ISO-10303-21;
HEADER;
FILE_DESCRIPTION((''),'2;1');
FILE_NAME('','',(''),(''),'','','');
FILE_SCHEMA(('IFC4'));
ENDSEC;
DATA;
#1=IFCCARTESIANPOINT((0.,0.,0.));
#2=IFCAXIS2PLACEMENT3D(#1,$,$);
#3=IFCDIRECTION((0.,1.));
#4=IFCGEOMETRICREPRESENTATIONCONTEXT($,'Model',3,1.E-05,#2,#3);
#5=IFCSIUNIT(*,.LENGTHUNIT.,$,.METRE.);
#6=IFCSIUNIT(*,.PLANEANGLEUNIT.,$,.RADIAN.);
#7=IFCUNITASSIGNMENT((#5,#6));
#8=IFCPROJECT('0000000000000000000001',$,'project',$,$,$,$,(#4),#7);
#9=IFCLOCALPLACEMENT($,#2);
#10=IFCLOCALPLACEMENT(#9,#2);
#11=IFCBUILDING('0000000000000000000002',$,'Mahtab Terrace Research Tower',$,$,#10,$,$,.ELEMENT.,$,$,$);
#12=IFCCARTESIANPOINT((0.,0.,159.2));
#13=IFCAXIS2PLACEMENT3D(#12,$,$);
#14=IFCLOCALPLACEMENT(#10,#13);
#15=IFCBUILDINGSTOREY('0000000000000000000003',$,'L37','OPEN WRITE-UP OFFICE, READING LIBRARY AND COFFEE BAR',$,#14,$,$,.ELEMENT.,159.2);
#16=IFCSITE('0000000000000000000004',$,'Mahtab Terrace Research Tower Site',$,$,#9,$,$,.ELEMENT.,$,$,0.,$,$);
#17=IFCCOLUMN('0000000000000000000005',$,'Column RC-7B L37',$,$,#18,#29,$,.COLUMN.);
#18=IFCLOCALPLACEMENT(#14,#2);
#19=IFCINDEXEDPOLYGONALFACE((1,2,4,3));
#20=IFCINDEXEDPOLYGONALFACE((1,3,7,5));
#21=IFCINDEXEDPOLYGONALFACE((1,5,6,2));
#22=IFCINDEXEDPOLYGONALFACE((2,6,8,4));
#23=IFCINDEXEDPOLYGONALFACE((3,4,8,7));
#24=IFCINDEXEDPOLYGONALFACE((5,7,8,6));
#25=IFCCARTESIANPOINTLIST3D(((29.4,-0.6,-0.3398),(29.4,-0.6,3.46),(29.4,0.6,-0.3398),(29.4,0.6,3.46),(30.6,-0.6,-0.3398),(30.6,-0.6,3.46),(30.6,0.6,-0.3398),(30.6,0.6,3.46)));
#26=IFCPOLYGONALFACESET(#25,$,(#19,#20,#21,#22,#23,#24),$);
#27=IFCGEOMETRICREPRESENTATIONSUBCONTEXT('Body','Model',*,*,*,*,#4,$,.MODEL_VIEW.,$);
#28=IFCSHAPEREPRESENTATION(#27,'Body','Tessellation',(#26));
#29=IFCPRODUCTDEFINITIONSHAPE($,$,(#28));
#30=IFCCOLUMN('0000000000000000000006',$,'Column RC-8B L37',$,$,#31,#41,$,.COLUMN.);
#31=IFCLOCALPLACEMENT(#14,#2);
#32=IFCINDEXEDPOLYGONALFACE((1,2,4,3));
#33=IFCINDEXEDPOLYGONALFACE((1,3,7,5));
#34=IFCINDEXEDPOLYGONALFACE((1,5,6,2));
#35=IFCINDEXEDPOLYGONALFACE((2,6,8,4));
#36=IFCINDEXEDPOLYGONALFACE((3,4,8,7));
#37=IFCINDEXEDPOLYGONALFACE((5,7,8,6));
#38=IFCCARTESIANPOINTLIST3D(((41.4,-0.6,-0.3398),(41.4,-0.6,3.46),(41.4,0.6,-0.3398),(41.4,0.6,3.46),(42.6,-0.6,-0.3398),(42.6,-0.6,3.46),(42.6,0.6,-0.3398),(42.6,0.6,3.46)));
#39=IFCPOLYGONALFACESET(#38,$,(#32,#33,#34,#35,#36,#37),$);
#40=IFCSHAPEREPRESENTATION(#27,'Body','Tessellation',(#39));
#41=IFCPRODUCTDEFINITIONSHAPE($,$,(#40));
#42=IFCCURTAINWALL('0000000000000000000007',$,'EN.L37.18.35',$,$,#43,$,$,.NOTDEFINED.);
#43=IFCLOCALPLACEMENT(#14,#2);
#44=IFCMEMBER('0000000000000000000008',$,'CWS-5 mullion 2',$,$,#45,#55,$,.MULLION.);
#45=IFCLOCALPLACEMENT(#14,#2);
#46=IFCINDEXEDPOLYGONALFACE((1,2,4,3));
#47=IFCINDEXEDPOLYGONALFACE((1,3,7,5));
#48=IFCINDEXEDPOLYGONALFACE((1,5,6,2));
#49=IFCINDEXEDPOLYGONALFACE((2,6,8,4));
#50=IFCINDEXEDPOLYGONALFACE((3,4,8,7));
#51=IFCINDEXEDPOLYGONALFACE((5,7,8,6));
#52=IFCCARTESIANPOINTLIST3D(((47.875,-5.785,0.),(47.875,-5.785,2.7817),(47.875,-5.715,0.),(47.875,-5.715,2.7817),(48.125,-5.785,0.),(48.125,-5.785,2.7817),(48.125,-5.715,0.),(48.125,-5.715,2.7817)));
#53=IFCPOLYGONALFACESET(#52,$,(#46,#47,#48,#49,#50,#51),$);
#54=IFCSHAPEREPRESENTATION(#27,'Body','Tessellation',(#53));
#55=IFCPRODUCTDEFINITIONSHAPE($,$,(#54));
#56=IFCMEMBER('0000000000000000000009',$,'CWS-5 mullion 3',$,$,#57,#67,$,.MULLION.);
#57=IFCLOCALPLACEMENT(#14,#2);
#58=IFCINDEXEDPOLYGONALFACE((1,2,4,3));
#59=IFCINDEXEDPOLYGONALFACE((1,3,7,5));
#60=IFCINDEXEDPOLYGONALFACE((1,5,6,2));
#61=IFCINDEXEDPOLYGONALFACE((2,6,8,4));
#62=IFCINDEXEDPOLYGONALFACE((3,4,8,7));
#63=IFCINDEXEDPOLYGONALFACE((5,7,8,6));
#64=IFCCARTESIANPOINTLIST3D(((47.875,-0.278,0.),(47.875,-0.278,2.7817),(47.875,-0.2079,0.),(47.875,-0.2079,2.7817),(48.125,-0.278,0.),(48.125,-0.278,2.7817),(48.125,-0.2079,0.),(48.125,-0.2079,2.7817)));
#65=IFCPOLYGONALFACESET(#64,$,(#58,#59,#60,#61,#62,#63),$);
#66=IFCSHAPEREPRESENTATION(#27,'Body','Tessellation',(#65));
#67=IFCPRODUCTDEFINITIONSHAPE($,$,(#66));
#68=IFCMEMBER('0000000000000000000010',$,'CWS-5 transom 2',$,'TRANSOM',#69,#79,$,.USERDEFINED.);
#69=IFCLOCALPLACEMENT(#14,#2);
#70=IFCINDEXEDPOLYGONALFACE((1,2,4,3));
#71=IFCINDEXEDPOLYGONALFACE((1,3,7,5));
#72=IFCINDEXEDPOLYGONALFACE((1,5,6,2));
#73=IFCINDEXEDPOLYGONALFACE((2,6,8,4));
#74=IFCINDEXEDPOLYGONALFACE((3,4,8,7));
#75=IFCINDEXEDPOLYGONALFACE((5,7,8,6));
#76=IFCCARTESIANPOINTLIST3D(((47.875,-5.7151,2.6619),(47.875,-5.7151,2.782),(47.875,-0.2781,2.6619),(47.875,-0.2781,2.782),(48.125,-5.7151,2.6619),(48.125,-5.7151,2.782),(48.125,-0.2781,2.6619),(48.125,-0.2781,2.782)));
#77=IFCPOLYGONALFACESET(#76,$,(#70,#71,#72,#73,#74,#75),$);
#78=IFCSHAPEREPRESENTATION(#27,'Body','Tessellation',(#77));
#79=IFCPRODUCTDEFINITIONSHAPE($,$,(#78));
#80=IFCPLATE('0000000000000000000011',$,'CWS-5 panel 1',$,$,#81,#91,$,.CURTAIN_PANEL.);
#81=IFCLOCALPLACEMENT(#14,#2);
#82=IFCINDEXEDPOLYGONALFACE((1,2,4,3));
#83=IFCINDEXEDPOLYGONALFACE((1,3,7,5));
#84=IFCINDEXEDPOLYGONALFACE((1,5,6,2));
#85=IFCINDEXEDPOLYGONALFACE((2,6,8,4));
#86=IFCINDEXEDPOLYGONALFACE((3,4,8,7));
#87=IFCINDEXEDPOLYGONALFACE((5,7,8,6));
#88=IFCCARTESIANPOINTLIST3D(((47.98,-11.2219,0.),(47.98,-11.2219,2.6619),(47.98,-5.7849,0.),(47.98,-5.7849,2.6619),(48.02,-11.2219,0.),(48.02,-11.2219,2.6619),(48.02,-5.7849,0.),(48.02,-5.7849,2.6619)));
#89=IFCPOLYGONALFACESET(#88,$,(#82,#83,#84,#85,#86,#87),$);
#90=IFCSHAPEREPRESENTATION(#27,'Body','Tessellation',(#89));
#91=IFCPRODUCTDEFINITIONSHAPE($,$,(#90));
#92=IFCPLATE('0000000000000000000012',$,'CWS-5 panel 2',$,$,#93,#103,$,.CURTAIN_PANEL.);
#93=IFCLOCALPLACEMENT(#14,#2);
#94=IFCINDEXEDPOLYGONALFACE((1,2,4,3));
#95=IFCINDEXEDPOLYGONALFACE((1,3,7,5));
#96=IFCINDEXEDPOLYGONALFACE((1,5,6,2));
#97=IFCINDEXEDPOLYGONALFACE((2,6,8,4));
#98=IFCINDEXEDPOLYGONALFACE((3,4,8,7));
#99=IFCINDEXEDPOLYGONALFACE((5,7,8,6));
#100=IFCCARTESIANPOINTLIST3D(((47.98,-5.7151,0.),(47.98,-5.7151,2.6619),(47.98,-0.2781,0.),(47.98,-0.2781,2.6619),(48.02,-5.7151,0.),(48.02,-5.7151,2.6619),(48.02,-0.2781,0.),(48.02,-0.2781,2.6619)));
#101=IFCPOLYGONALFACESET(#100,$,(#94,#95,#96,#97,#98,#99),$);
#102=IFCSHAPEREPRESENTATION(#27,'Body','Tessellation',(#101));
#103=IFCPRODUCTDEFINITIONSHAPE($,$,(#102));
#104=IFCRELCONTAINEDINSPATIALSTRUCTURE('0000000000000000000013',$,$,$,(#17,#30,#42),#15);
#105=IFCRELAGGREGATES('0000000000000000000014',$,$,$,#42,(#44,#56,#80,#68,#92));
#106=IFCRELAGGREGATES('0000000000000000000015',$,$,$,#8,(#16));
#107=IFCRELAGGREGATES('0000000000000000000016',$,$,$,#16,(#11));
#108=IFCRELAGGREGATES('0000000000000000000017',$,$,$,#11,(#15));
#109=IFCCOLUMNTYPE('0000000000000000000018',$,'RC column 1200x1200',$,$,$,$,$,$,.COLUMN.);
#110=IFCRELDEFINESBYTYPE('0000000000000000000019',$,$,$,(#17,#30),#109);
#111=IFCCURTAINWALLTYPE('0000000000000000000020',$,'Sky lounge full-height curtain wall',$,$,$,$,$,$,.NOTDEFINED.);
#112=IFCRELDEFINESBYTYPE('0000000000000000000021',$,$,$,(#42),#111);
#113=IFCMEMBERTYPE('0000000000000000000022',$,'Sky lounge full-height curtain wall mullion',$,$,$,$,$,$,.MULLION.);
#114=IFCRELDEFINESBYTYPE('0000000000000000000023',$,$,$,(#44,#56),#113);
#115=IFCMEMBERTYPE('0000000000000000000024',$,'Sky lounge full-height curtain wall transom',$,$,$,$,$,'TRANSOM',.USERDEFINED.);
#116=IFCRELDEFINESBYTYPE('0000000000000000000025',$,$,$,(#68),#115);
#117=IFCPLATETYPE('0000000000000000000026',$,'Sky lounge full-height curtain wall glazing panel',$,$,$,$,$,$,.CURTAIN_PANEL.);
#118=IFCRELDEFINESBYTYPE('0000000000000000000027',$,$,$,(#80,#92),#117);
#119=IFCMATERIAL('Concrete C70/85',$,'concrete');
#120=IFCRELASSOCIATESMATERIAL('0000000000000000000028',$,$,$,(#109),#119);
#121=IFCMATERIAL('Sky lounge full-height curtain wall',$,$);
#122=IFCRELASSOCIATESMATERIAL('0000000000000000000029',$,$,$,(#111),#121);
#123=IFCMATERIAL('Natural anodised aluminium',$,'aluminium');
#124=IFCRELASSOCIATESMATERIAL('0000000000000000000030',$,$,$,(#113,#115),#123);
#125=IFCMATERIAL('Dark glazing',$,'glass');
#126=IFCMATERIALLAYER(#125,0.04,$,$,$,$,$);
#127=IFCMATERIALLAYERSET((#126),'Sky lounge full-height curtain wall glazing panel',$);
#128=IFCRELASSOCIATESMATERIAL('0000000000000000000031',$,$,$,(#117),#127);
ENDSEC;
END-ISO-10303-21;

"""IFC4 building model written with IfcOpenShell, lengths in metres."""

from ifc_helpers import new_model, si_unit, direction, frame, origin, origin_2d, place, context, subcontext, project, spatial, rectangle, extrude, material, layer, layer_set, material_profile, profile_set, type_object, element, aggregate, save


model = new_model("IFC4")

# Units and contexts
model_context = context("Model", 3, precision=1e-05, world=origin(), true_north=direction((0.0, 1.0)))
body_context = subcontext(model_context, "Body", "Model", "MODEL_VIEW")
ifc_project = project(units=[si_unit("LENGTHUNIT", "METRE"), si_unit("PLANEANGLEUNIT", "RADIAN")], contexts=[model_context])

# Site, building, storey
site_placement = place(None, origin())
site = spatial("IfcSite", under=ifc_project, at=site_placement, Name="Mahtab Terrace Research Tower Site", CompositionType="ELEMENT", RefElevation=0.0)
building_placement = place(site_placement, origin())
building = spatial("IfcBuilding", under=site, at=building_placement, Name="Mahtab Terrace Research Tower", CompositionType="ELEMENT")
storey_placement = place(building_placement, frame((0.0, 0.0, 159.2)))
storey = spatial("IfcBuildingStorey", under=building, at=storey_placement, Name="L37", Description="OPEN WRITE-UP OFFICE, READING LIBRARY AND COFFEE BAR", CompositionType="ELEMENT", Elevation=159.2)

# Columns
ifc_material_1 = material(Name="Concrete C70/85", Category="concrete")
ifc_material_profile_1 = material_profile(ifc_material_1, rectangle(XDim=1.2, YDim=1.2, at=origin_2d()), Name="RC column 1200x1200")
ifc_profile_set_1 = profile_set([ifc_material_profile_1], Name="Concrete C70/85")
column_type = type_object("IfcColumnType", Name="RC column 1200x1200", PredefinedType="COLUMN", material=ifc_profile_set_1)
for number, where, z_axis, x_axis, name in (
    (1, (30.0, 0.0, -0.3398), (0.0, 0.0, 1.0), (1.0, 0.0, 0.0), "Column RC-7B L37"),
    (2, (42.0, 0.0, -0.3398), (0.0, 0.0, 1.0), (1.0, 0.0, 0.0), "Column RC-8B L37"),
):
    element("IfcColumn", number, at=place(storey_placement, frame(where, z_axis=z_axis, x_axis=x_axis)), inside=storey, type_object=column_type, Name=name, PredefinedType="COLUMN", context=body_context, shape_type="SweptSolid", body=[
        extrude(rectangle(XDim=1.2, YDim=1.2, at=origin_2d()), origin(), (0.0, 0.0, 1.0), 3.7998),
    ])

# Curtain wall, members, plates
ifc_material_2 = material(Name="Sky lounge full-height curtain wall")
curtain_wall_type = type_object("IfcCurtainWallType", Name="Sky lounge full-height curtain wall", PredefinedType="NOTDEFINED", material=ifc_material_2)
curtain_wall_placement = place(storey_placement, origin())
curtain_wall = element("IfcCurtainWall", 3, at=curtain_wall_placement, inside=storey, type_object=curtain_wall_type, Name="EN.L37.18.35", PredefinedType="NOTDEFINED")
ifc_material_3 = material(Name="Natural anodised aluminium", Category="aluminium")
ifc_material_profile_2 = material_profile(ifc_material_3, rectangle(XDim=0.25, YDim=0.0701, at=origin_2d()), Name="MULLION 70x250")
ifc_profile_set_2 = profile_set([ifc_material_profile_2], Name="Natural anodised aluminium")
member_type_1 = type_object("IfcMemberType", Name="Sky lounge full-height curtain wall mullion", PredefinedType="MULLION", material=ifc_profile_set_2)
member_1_placement = place(storey_placement, frame((48.0, -5.75, 0.0), z_axis=(0.0, 0.0, 1.0), x_axis=(-1.0, 0.0, 0.0)))
member_1 = element("IfcMember", 4, at=member_1_placement, type_object=member_type_1, Name="CWS-5 mullion 2", PredefinedType="MULLION", context=body_context, shape_type="SweptSolid", body=[
    extrude(rectangle(XDim=0.25, YDim=0.0701, at=origin_2d()), origin(), (0.0, 0.0, 1.0), 2.7817),
])
member_2_placement = place(storey_placement, frame((48.0, -0.2429, 0.0), z_axis=(0.0, 0.0, 1.0), x_axis=(-1.0, 0.0, 0.0)))
member_2 = element("IfcMember", 5, at=member_2_placement, type_object=member_type_1, Name="CWS-5 mullion 3", PredefinedType="MULLION", context=body_context, shape_type="SweptSolid", body=[
    extrude(rectangle(XDim=0.25, YDim=0.0701, at=origin_2d()), origin(), (0.0, 0.0, 1.0), 2.7817),
])
ifc_material_profile_3 = material_profile(ifc_material_3, rectangle(XDim=0.25, YDim=0.1201, at=origin_2d()), Name="TRANSOM 120x250")
ifc_profile_set_3 = profile_set([ifc_material_profile_3], Name="Natural anodised aluminium")
member_type_2 = type_object("IfcMemberType", Name="Sky lounge full-height curtain wall transom", ElementType="TRANSOM", PredefinedType="USERDEFINED", material=ifc_profile_set_3)
member_3_placement = place(storey_placement, frame((48.0, -5.7151, 2.7219), z_axis=(0.0, 1.0, 0.0), x_axis=(-1.0, 0.0, 0.0)))
member_3 = element("IfcMember", 6, at=member_3_placement, type_object=member_type_2, Name="CWS-5 transom 2", ObjectType="TRANSOM", PredefinedType="USERDEFINED", context=body_context, shape_type="SweptSolid", body=[
    extrude(rectangle(XDim=0.25, YDim=0.1201, at=origin_2d()), origin(), (0.0, 0.0, 1.0), 5.437),
])
ifc_material_4 = material(Name="Dark glazing", Category="glass")
ifc_layer_1 = layer(ifc_material_4, 0.04)
ifc_layer_set_1 = layer_set([ifc_layer_1], Name="Sky lounge full-height curtain wall glazing panel")
plate_type = type_object("IfcPlateType", Name="Sky lounge full-height curtain wall glazing panel", PredefinedType="CURTAIN_PANEL", material=ifc_layer_set_1)
plate_1_placement = place(storey_placement, frame((48.0, -8.5034, 0.0), z_axis=(0.0, 0.0, 1.0), x_axis=(0.0, 1.0, 0.0)))
plate_1 = element("IfcPlate", 7, at=plate_1_placement, type_object=plate_type, Name="CWS-5 panel 1", PredefinedType="CURTAIN_PANEL", context=body_context, shape_type="SweptSolid", body=[
    extrude(rectangle(XDim=5.437, YDim=0.04, at=origin_2d()), origin(), (0.0, 0.0, 1.0), 2.6619),
])
plate_2_placement = place(storey_placement, frame((48.0, -2.9966, 0.0), z_axis=(0.0, 0.0, 1.0), x_axis=(0.0, 1.0, 0.0)))
plate_2 = element("IfcPlate", 8, at=plate_2_placement, type_object=plate_type, Name="CWS-5 panel 2", PredefinedType="CURTAIN_PANEL", context=body_context, shape_type="SweptSolid", body=[
    extrude(rectangle(XDim=5.437, YDim=0.04, at=origin_2d()), origin(), (0.0, 0.0, 1.0), 2.6619),
])
aggregate(curtain_wall, [member_1, member_2, plate_1, member_3, plate_2])

save(model, "model.ifc")
